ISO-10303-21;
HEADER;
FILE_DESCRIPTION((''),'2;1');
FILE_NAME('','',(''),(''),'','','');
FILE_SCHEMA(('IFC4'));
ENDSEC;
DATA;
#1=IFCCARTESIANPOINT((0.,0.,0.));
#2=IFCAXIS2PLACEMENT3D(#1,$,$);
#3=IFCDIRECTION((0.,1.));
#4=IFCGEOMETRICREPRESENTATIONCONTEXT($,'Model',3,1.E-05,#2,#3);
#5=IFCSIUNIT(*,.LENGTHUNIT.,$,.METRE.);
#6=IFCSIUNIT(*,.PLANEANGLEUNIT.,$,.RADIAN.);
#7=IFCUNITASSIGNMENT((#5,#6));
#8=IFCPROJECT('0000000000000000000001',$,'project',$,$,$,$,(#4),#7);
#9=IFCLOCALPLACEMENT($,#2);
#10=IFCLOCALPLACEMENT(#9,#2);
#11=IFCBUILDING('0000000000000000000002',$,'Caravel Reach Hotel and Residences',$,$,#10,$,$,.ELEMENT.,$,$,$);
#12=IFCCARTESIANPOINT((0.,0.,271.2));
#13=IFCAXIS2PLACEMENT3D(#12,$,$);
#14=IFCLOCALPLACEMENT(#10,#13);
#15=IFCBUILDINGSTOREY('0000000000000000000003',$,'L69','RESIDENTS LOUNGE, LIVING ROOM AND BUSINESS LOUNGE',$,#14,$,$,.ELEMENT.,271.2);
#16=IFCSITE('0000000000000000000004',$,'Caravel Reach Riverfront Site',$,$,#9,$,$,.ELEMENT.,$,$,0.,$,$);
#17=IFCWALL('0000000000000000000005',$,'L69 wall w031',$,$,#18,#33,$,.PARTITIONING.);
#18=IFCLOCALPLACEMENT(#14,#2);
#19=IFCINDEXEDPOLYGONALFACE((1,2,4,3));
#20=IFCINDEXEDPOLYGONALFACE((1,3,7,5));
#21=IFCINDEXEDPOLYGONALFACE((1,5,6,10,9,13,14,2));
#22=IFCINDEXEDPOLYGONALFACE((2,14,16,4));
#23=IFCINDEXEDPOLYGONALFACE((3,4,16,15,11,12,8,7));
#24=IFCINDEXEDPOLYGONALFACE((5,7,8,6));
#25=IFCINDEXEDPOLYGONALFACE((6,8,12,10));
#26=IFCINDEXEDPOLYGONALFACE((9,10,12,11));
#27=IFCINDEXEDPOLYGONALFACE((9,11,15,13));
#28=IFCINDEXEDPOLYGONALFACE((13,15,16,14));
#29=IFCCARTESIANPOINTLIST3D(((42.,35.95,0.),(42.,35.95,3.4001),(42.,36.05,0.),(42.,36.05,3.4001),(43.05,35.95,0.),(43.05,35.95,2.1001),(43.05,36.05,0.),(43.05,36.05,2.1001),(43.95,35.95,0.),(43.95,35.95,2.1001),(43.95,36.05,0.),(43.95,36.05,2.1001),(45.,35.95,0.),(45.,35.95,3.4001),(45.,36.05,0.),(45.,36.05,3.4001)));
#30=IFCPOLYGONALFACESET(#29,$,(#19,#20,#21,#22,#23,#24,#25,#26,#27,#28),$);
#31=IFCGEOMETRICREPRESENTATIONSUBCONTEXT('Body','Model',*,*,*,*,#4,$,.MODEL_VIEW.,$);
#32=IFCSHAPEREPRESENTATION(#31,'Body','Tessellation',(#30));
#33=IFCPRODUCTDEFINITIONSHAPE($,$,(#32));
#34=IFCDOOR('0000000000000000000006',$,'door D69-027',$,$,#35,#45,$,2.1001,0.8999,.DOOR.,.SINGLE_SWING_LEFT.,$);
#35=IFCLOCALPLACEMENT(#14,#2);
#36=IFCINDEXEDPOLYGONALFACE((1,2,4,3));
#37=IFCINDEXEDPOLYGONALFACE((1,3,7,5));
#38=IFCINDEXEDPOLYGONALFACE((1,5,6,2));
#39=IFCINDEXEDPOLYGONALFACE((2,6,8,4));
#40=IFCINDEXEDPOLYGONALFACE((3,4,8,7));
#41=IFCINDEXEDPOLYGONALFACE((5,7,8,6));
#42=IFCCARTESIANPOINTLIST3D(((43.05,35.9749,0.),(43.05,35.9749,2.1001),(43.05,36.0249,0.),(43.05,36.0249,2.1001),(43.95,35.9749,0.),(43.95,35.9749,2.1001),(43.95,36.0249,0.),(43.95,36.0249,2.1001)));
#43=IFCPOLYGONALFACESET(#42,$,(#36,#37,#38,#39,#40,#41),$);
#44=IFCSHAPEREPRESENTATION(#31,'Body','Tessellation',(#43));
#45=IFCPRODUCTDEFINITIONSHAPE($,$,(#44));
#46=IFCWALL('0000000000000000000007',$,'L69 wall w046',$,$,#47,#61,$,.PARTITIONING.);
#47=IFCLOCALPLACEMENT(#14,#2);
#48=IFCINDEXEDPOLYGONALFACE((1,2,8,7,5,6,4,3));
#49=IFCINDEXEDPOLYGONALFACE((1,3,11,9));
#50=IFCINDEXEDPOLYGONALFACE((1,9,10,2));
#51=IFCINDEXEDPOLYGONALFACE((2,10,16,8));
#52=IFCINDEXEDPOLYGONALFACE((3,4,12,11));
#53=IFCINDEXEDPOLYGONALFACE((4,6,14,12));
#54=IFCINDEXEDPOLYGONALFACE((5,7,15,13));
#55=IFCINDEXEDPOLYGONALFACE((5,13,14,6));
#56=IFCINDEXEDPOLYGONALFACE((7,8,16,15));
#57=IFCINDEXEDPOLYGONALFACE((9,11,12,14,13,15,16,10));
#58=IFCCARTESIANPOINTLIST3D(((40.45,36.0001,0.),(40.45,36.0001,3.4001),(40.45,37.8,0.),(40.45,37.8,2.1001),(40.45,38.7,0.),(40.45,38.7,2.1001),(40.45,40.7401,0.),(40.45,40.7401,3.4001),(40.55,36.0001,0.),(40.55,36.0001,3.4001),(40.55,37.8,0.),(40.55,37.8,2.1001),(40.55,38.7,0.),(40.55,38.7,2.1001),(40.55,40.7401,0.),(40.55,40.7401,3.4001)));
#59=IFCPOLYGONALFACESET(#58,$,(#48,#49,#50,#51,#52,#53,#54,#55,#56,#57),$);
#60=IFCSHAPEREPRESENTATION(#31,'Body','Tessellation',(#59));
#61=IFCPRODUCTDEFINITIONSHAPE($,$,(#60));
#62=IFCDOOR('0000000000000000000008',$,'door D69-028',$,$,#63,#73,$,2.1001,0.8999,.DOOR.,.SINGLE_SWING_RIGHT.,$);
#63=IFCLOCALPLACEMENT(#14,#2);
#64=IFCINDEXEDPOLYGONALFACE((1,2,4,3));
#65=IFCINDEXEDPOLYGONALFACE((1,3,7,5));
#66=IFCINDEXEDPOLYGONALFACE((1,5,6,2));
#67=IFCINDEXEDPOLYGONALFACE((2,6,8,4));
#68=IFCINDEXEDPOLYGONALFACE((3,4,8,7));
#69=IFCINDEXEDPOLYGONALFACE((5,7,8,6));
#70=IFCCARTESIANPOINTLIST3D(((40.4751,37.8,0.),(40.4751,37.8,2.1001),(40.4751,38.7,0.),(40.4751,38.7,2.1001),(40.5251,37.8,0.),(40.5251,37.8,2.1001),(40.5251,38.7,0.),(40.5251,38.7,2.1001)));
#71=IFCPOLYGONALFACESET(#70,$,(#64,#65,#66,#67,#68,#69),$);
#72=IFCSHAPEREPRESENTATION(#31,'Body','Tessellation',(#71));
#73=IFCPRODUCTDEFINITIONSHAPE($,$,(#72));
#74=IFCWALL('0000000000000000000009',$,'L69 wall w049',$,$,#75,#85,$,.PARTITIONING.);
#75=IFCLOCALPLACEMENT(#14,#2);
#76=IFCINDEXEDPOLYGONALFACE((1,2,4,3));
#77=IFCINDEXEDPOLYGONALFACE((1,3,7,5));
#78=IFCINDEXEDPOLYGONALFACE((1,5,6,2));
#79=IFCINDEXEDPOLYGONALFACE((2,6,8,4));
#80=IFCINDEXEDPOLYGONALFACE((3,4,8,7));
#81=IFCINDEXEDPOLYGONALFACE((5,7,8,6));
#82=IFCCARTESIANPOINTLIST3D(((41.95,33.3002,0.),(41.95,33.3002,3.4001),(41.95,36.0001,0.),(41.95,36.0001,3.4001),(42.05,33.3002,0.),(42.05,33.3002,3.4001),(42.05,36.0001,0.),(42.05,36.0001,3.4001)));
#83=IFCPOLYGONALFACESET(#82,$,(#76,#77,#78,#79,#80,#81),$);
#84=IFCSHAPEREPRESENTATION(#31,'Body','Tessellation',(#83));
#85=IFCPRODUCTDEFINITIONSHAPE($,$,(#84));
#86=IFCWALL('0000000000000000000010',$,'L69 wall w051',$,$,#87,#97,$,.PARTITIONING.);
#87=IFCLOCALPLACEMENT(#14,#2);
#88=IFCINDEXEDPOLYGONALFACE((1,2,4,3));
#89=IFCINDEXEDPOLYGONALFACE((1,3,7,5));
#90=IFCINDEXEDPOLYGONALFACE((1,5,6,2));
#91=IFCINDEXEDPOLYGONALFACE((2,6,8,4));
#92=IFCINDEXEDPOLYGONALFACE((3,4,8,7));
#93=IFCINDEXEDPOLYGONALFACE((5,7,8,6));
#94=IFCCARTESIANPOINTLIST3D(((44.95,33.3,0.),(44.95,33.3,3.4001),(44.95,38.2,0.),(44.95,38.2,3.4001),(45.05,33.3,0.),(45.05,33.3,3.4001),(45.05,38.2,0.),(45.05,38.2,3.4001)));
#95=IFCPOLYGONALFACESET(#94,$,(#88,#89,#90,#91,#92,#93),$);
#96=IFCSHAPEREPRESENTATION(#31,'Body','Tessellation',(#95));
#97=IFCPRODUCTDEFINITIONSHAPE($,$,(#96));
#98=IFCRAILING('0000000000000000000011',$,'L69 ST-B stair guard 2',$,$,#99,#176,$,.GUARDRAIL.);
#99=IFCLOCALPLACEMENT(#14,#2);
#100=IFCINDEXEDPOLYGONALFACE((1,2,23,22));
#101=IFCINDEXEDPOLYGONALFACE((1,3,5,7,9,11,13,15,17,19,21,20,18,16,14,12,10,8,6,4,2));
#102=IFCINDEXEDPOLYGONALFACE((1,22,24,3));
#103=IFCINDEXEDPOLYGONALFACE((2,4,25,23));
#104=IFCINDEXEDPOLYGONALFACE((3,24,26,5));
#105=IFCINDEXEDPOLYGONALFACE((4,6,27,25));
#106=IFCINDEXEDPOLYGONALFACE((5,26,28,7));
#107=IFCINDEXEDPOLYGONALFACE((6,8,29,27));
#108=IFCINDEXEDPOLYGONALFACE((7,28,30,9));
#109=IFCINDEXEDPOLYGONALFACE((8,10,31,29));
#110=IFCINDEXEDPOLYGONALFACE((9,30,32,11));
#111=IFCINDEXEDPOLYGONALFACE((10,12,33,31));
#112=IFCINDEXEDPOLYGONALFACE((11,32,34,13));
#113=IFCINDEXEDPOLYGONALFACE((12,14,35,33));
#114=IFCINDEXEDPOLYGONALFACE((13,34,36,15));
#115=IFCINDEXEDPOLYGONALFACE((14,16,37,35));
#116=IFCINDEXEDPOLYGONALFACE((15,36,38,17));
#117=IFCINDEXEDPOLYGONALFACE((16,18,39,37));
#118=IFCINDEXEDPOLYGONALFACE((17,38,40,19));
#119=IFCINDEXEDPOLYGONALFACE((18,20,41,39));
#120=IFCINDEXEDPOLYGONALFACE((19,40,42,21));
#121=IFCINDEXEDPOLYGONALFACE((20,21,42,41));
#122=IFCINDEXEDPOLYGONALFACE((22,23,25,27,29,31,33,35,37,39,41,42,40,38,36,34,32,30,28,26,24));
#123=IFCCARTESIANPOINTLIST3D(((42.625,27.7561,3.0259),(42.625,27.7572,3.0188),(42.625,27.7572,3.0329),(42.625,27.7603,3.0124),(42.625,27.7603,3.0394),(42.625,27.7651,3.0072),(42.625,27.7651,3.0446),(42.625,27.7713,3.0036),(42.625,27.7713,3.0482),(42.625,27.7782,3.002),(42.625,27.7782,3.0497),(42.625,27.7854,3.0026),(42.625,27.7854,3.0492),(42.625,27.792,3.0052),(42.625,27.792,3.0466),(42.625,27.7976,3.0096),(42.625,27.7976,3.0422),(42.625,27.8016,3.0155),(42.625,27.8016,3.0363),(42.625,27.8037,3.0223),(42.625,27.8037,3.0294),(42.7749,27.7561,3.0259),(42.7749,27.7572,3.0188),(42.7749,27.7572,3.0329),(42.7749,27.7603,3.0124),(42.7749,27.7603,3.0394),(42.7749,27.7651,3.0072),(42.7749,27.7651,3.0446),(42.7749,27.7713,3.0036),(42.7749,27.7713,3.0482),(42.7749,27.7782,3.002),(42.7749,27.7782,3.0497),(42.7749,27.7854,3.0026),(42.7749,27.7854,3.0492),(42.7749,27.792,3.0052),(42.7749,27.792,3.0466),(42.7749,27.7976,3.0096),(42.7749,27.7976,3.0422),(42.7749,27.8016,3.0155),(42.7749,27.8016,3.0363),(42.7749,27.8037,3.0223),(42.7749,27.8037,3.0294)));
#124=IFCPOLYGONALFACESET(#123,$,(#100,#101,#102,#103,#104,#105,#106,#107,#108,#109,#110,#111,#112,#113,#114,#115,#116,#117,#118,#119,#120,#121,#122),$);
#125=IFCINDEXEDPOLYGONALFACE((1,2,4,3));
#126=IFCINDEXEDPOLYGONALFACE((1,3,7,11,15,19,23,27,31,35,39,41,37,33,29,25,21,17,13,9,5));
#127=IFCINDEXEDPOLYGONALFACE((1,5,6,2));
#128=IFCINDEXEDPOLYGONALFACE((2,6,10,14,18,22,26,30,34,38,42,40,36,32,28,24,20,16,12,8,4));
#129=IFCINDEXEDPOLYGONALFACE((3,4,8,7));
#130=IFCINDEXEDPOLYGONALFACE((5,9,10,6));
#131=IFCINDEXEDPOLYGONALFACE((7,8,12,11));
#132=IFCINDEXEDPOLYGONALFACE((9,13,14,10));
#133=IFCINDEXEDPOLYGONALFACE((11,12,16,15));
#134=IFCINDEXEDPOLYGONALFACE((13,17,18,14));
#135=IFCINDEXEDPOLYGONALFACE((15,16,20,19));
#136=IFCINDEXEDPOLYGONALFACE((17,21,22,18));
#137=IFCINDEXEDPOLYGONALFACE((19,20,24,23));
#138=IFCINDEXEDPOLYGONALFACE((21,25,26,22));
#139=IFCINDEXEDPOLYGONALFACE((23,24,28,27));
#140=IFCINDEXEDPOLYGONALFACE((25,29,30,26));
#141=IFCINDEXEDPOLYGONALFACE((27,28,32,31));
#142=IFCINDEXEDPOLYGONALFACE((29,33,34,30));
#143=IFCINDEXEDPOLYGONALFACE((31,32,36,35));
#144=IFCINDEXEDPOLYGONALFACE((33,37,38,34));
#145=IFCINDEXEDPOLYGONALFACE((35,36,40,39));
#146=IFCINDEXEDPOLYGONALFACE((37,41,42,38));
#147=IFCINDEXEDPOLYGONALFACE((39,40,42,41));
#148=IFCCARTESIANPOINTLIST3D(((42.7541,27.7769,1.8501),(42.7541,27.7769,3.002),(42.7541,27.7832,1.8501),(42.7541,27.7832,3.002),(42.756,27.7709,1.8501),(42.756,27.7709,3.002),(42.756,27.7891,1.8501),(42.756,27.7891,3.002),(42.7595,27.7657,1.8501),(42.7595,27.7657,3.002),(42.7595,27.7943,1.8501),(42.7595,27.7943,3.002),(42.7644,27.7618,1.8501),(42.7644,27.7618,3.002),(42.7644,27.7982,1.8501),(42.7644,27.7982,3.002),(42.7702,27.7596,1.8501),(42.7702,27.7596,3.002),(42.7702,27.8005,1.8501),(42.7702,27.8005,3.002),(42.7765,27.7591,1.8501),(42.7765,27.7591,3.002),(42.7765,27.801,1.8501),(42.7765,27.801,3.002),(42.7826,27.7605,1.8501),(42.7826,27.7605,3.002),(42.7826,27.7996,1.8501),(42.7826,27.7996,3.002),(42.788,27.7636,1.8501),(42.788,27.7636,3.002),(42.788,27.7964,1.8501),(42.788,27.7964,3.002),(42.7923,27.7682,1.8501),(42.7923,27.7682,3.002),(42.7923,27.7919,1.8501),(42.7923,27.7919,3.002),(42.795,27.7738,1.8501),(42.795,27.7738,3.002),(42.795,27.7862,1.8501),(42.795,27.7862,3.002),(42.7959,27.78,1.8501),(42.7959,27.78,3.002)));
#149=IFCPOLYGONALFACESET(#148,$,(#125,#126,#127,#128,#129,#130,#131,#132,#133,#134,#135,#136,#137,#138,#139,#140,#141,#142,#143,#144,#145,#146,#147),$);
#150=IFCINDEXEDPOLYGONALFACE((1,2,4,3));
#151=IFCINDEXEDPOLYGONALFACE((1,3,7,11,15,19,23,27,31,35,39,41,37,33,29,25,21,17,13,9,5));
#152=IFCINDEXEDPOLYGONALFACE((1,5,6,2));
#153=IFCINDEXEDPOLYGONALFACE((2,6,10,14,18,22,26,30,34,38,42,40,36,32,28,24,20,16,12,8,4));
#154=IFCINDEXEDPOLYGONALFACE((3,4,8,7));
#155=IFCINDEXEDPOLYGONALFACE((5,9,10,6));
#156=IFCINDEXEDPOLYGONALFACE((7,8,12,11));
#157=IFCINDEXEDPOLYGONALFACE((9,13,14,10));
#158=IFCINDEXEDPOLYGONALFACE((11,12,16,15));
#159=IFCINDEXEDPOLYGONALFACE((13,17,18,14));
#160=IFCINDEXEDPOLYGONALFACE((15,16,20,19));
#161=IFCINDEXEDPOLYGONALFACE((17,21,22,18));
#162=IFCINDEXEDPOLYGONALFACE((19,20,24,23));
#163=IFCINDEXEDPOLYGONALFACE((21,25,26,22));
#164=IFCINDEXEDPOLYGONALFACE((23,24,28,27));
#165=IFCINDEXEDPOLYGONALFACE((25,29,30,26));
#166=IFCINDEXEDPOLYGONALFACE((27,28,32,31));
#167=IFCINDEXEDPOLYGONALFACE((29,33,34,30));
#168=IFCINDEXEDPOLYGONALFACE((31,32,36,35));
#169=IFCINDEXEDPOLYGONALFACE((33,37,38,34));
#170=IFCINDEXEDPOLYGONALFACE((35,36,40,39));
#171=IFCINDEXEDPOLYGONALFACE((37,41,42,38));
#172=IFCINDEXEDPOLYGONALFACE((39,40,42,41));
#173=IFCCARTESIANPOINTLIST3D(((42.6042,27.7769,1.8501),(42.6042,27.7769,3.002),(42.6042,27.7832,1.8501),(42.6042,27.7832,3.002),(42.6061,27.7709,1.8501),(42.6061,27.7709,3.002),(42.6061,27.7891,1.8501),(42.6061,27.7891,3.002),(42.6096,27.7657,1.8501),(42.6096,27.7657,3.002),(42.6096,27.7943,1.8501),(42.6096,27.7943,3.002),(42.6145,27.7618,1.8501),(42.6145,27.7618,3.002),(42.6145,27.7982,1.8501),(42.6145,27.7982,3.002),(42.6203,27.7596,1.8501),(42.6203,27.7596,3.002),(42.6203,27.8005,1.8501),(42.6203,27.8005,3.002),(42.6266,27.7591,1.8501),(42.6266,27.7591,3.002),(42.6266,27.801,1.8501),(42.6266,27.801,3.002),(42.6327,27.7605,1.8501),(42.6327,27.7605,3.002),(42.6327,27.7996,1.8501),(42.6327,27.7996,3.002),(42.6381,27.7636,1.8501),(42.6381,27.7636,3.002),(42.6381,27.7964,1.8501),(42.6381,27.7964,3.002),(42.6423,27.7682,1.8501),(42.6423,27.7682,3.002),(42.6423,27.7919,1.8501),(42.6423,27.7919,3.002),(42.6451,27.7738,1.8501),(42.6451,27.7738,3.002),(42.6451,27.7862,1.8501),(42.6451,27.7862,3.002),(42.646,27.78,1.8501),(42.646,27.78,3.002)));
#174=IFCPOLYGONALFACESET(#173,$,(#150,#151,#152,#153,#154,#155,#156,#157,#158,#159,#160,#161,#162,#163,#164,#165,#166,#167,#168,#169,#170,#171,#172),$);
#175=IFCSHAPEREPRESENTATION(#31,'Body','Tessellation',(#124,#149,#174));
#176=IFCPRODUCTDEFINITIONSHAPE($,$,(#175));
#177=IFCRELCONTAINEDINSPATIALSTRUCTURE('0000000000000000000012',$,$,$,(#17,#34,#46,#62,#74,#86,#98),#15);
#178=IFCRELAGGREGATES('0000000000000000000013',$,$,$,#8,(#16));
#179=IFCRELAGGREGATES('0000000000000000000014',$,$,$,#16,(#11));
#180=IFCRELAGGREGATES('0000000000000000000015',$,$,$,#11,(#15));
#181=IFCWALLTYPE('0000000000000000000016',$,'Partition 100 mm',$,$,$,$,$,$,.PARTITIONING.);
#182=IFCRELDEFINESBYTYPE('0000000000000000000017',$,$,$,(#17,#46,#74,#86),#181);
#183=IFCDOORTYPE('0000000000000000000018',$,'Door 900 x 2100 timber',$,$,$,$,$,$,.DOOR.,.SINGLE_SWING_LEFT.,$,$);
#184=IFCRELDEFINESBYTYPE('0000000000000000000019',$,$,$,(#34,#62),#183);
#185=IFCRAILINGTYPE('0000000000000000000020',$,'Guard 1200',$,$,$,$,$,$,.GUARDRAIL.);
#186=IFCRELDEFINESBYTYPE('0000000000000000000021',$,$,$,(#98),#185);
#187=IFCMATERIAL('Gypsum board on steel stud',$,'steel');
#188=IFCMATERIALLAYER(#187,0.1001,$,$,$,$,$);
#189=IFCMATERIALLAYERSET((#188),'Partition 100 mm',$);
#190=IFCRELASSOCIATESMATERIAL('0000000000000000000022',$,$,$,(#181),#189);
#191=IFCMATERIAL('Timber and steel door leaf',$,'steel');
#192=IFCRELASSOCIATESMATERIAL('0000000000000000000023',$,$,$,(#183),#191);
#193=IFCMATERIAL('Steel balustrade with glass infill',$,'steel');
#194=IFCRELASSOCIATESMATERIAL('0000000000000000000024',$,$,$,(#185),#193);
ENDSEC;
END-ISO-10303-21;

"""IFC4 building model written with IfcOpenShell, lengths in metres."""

from ifc_helpers import new_model, si_unit, direction, frame, frame_2d, origin, origin_2d, place, context, subcontext, project, spatial, rectangle, circle, extrude, material, layer, layer_set, type_object, element, fill, save


model = new_model("IFC4")

# Units and contexts
model_context = context("Model", 3, precision=1e-05, world=origin(), true_north=direction((0.0, 1.0)))
body_context = subcontext(model_context, "Body", "Model", "MODEL_VIEW")
ifc_project = project(units=[si_unit("LENGTHUNIT", "METRE"), si_unit("PLANEANGLEUNIT", "RADIAN")], contexts=[model_context])

# Site, building, storey
site_placement = place(None, origin())
site = spatial("IfcSite", under=ifc_project, at=site_placement, Name="Caravel Reach Riverfront Site", CompositionType="ELEMENT", RefElevation=0.0)
building_placement = place(site_placement, origin())
building = spatial("IfcBuilding", under=site, at=building_placement, Name="Caravel Reach Hotel and Residences", CompositionType="ELEMENT")
storey_placement = place(building_placement, frame((0.0, 0.0, 271.2)))
storey = spatial("IfcBuildingStorey", under=building, at=storey_placement, Name="L69", Description="RESIDENTS LOUNGE, LIVING ROOM AND BUSINESS LOUNGE", CompositionType="ELEMENT", Elevation=271.2)

# Shared definitions
ifc_material_1 = material(Name="Gypsum board on steel stud", Category="steel")
ifc_layer_1 = layer(ifc_material_1, 0.1001)
ifc_layer_set_1 = layer_set([ifc_layer_1], Name="Partition 100 mm")
wall_type_1 = type_object("IfcWallType", Name="Partition 100 mm", PredefinedType="PARTITIONING", material=ifc_layer_set_1)

# Walls, openings, doors
wall_1_placement = place(storey_placement, frame((42.0, 36.0, 0.0), z_axis=(0.0, 0.0, 1.0), x_axis=(1.0, 0.0, 0.0)))
wall_1 = element("IfcWall", 1, at=wall_1_placement, inside=storey, type_object=wall_type_1, Name="L69 wall w031", PredefinedType="PARTITIONING", context=body_context, shape_type="SweptSolid", body=[
    extrude(rectangle(XDim=3.0, YDim=0.1001, at=frame_2d((1.5, 0.0))), origin(), (0.0, 0.0, 1.0), 3.4001),
])
opening_1_placement = place(wall_1_placement, frame((1.05, 0.0, 0.0)))
opening_1 = element("IfcOpeningElement", 2, at=opening_1_placement, cuts=wall_1, PredefinedType="OPENING", context=body_context, shape_type="SweptSolid", body=[
    extrude(rectangle(XDim=0.8999, YDim=2.1001, at=frame_2d((0.45, 1.05))), frame((0.0, 0.0601, 0.0), z_axis=(0.0, -1.0, 0.0), x_axis=(1.0, 0.0, 0.0)), (0.0, 0.0, 1.0), 0.1201),
])
ifc_material_2 = material(Name="Timber and steel door leaf", Category="steel")
door_type_1 = type_object("IfcDoorType", Name="Door 900 x 2100 timber", OperationType="SINGLE_SWING_LEFT", PredefinedType="DOOR", material=ifc_material_2)
door_1_placement = place(opening_1_placement, origin())
door_1 = element("IfcDoor", 3, at=door_1_placement, inside=storey, type_object=door_type_1, Name="door D69-027", OperationType="SINGLE_SWING_LEFT", OverallHeight=2.1001, OverallWidth=0.8999, PredefinedType="DOOR", context=body_context, shape_type="SweptSolid", body=[
    extrude(rectangle(XDim=0.8999, YDim=2.1001, at=frame_2d((0.45, 1.05))), frame((0.0, 0.0249, 0.0), z_axis=(0.0, -1.0, 0.0), x_axis=(1.0, 0.0, 0.0)), (0.0, 0.0, 1.0), 0.05),
])
fill(opening_1, door_1)
wall_2_placement = place(storey_placement, frame((40.5, 36.0, 0.0), z_axis=(0.0, 0.0, 1.0), x_axis=(0.0, 1.0, 0.0)))
wall_2 = element("IfcWall", 4, at=wall_2_placement, inside=storey, type_object=wall_type_1, Name="L69 wall w046", PredefinedType="PARTITIONING", context=body_context, shape_type="SweptSolid", body=[
    extrude(rectangle(XDim=4.74, YDim=0.1001, at=frame_2d((2.3701, 0.0))), origin(), (0.0, 0.0, 1.0), 3.4001),
])
opening_2_placement = place(wall_2_placement, frame((1.8, 0.0, 0.0)))
opening_2 = element("IfcOpeningElement", 5, at=opening_2_placement, cuts=wall_2, PredefinedType="OPENING", context=body_context, shape_type="SweptSolid", body=[
    extrude(rectangle(XDim=0.8999, YDim=2.1001, at=frame_2d((0.45, 1.05))), frame((0.0, 0.0601, 0.0), z_axis=(0.0, -1.0, 0.0), x_axis=(1.0, 0.0, 0.0)), (0.0, 0.0, 1.0), 0.1201),
])
door_2_placement = place(opening_2_placement, origin())
door_2 = element("IfcDoor", 6, at=door_2_placement, inside=storey, type_object=door_type_1, Name="door D69-028", OperationType="SINGLE_SWING_RIGHT", OverallHeight=2.1001, OverallWidth=0.8999, PredefinedType="DOOR", context=body_context, shape_type="SweptSolid", body=[
    extrude(rectangle(XDim=0.8999, YDim=2.1001, at=frame_2d((0.45, 1.05))), frame((0.0, 0.0249, 0.0), z_axis=(0.0, -1.0, 0.0), x_axis=(1.0, 0.0, 0.0)), (0.0, 0.0, 1.0), 0.05),
])
fill(opening_2, door_2)

# Walls
wall_3_placement = place(storey_placement, frame((42.0, 33.3, 0.0), z_axis=(0.0, 0.0, 1.0), x_axis=(0.0, 1.0, 0.0)))
element("IfcWall", 7, at=wall_3_placement, inside=storey, type_object=wall_type_1, Name="L69 wall w049", PredefinedType="PARTITIONING", context=body_context, shape_type="SweptSolid", body=[
    extrude(rectangle(XDim=2.7, YDim=0.1001, at=frame_2d((1.3501, 0.0))), origin(), (0.0, 0.0, 1.0), 3.4001),
])
wall_4_placement = place(storey_placement, frame((45.0, 33.3, 0.0), z_axis=(0.0, 0.0, 1.0), x_axis=(0.0, 1.0, 0.0)))
element("IfcWall", 8, at=wall_4_placement, inside=storey, type_object=wall_type_1, Name="L69 wall w051", PredefinedType="PARTITIONING", context=body_context, shape_type="SweptSolid", body=[
    extrude(rectangle(XDim=4.8999, YDim=0.1001, at=frame_2d((2.45, 0.0))), origin(), (0.0, 0.0, 1.0), 3.4001),
])

# Railing
ifc_material_3 = material(Name="Steel balustrade with glass infill", Category="steel")
railing_type = type_object("IfcRailingType", Name="Guard 1200", PredefinedType="GUARDRAIL", material=ifc_material_3)
railing_1_placement = place(storey_placement, frame((42.7749, 27.78, 1.8501)))
element("IfcRailing", 9, at=railing_1_placement, inside=storey, type_object=railing_type, Name="L69 ST-B stair guard 2", PredefinedType="GUARDRAIL", context=body_context, shape_type="SweptSolid", body=[
    extrude(circle(Radius=0.0239, at=origin_2d()), frame((0.0, 0.0, 1.1758), z_axis=(-1.0, 0.0, 0.0), x_axis=(0.0, -1.0, 0.0)), (0.0, 0.0, 1.0), 0.1499),
    extrude(circle(Radius=0.021, at=origin_2d()), origin(), (0.0, 0.0, 1.0), 1.1519),
    extrude(circle(Radius=0.021, at=origin_2d()), frame((-0.1499, 0.0, 0.0)), (0.0, 0.0, 1.0), 1.1519),
])

save(model, "model.ifc")
